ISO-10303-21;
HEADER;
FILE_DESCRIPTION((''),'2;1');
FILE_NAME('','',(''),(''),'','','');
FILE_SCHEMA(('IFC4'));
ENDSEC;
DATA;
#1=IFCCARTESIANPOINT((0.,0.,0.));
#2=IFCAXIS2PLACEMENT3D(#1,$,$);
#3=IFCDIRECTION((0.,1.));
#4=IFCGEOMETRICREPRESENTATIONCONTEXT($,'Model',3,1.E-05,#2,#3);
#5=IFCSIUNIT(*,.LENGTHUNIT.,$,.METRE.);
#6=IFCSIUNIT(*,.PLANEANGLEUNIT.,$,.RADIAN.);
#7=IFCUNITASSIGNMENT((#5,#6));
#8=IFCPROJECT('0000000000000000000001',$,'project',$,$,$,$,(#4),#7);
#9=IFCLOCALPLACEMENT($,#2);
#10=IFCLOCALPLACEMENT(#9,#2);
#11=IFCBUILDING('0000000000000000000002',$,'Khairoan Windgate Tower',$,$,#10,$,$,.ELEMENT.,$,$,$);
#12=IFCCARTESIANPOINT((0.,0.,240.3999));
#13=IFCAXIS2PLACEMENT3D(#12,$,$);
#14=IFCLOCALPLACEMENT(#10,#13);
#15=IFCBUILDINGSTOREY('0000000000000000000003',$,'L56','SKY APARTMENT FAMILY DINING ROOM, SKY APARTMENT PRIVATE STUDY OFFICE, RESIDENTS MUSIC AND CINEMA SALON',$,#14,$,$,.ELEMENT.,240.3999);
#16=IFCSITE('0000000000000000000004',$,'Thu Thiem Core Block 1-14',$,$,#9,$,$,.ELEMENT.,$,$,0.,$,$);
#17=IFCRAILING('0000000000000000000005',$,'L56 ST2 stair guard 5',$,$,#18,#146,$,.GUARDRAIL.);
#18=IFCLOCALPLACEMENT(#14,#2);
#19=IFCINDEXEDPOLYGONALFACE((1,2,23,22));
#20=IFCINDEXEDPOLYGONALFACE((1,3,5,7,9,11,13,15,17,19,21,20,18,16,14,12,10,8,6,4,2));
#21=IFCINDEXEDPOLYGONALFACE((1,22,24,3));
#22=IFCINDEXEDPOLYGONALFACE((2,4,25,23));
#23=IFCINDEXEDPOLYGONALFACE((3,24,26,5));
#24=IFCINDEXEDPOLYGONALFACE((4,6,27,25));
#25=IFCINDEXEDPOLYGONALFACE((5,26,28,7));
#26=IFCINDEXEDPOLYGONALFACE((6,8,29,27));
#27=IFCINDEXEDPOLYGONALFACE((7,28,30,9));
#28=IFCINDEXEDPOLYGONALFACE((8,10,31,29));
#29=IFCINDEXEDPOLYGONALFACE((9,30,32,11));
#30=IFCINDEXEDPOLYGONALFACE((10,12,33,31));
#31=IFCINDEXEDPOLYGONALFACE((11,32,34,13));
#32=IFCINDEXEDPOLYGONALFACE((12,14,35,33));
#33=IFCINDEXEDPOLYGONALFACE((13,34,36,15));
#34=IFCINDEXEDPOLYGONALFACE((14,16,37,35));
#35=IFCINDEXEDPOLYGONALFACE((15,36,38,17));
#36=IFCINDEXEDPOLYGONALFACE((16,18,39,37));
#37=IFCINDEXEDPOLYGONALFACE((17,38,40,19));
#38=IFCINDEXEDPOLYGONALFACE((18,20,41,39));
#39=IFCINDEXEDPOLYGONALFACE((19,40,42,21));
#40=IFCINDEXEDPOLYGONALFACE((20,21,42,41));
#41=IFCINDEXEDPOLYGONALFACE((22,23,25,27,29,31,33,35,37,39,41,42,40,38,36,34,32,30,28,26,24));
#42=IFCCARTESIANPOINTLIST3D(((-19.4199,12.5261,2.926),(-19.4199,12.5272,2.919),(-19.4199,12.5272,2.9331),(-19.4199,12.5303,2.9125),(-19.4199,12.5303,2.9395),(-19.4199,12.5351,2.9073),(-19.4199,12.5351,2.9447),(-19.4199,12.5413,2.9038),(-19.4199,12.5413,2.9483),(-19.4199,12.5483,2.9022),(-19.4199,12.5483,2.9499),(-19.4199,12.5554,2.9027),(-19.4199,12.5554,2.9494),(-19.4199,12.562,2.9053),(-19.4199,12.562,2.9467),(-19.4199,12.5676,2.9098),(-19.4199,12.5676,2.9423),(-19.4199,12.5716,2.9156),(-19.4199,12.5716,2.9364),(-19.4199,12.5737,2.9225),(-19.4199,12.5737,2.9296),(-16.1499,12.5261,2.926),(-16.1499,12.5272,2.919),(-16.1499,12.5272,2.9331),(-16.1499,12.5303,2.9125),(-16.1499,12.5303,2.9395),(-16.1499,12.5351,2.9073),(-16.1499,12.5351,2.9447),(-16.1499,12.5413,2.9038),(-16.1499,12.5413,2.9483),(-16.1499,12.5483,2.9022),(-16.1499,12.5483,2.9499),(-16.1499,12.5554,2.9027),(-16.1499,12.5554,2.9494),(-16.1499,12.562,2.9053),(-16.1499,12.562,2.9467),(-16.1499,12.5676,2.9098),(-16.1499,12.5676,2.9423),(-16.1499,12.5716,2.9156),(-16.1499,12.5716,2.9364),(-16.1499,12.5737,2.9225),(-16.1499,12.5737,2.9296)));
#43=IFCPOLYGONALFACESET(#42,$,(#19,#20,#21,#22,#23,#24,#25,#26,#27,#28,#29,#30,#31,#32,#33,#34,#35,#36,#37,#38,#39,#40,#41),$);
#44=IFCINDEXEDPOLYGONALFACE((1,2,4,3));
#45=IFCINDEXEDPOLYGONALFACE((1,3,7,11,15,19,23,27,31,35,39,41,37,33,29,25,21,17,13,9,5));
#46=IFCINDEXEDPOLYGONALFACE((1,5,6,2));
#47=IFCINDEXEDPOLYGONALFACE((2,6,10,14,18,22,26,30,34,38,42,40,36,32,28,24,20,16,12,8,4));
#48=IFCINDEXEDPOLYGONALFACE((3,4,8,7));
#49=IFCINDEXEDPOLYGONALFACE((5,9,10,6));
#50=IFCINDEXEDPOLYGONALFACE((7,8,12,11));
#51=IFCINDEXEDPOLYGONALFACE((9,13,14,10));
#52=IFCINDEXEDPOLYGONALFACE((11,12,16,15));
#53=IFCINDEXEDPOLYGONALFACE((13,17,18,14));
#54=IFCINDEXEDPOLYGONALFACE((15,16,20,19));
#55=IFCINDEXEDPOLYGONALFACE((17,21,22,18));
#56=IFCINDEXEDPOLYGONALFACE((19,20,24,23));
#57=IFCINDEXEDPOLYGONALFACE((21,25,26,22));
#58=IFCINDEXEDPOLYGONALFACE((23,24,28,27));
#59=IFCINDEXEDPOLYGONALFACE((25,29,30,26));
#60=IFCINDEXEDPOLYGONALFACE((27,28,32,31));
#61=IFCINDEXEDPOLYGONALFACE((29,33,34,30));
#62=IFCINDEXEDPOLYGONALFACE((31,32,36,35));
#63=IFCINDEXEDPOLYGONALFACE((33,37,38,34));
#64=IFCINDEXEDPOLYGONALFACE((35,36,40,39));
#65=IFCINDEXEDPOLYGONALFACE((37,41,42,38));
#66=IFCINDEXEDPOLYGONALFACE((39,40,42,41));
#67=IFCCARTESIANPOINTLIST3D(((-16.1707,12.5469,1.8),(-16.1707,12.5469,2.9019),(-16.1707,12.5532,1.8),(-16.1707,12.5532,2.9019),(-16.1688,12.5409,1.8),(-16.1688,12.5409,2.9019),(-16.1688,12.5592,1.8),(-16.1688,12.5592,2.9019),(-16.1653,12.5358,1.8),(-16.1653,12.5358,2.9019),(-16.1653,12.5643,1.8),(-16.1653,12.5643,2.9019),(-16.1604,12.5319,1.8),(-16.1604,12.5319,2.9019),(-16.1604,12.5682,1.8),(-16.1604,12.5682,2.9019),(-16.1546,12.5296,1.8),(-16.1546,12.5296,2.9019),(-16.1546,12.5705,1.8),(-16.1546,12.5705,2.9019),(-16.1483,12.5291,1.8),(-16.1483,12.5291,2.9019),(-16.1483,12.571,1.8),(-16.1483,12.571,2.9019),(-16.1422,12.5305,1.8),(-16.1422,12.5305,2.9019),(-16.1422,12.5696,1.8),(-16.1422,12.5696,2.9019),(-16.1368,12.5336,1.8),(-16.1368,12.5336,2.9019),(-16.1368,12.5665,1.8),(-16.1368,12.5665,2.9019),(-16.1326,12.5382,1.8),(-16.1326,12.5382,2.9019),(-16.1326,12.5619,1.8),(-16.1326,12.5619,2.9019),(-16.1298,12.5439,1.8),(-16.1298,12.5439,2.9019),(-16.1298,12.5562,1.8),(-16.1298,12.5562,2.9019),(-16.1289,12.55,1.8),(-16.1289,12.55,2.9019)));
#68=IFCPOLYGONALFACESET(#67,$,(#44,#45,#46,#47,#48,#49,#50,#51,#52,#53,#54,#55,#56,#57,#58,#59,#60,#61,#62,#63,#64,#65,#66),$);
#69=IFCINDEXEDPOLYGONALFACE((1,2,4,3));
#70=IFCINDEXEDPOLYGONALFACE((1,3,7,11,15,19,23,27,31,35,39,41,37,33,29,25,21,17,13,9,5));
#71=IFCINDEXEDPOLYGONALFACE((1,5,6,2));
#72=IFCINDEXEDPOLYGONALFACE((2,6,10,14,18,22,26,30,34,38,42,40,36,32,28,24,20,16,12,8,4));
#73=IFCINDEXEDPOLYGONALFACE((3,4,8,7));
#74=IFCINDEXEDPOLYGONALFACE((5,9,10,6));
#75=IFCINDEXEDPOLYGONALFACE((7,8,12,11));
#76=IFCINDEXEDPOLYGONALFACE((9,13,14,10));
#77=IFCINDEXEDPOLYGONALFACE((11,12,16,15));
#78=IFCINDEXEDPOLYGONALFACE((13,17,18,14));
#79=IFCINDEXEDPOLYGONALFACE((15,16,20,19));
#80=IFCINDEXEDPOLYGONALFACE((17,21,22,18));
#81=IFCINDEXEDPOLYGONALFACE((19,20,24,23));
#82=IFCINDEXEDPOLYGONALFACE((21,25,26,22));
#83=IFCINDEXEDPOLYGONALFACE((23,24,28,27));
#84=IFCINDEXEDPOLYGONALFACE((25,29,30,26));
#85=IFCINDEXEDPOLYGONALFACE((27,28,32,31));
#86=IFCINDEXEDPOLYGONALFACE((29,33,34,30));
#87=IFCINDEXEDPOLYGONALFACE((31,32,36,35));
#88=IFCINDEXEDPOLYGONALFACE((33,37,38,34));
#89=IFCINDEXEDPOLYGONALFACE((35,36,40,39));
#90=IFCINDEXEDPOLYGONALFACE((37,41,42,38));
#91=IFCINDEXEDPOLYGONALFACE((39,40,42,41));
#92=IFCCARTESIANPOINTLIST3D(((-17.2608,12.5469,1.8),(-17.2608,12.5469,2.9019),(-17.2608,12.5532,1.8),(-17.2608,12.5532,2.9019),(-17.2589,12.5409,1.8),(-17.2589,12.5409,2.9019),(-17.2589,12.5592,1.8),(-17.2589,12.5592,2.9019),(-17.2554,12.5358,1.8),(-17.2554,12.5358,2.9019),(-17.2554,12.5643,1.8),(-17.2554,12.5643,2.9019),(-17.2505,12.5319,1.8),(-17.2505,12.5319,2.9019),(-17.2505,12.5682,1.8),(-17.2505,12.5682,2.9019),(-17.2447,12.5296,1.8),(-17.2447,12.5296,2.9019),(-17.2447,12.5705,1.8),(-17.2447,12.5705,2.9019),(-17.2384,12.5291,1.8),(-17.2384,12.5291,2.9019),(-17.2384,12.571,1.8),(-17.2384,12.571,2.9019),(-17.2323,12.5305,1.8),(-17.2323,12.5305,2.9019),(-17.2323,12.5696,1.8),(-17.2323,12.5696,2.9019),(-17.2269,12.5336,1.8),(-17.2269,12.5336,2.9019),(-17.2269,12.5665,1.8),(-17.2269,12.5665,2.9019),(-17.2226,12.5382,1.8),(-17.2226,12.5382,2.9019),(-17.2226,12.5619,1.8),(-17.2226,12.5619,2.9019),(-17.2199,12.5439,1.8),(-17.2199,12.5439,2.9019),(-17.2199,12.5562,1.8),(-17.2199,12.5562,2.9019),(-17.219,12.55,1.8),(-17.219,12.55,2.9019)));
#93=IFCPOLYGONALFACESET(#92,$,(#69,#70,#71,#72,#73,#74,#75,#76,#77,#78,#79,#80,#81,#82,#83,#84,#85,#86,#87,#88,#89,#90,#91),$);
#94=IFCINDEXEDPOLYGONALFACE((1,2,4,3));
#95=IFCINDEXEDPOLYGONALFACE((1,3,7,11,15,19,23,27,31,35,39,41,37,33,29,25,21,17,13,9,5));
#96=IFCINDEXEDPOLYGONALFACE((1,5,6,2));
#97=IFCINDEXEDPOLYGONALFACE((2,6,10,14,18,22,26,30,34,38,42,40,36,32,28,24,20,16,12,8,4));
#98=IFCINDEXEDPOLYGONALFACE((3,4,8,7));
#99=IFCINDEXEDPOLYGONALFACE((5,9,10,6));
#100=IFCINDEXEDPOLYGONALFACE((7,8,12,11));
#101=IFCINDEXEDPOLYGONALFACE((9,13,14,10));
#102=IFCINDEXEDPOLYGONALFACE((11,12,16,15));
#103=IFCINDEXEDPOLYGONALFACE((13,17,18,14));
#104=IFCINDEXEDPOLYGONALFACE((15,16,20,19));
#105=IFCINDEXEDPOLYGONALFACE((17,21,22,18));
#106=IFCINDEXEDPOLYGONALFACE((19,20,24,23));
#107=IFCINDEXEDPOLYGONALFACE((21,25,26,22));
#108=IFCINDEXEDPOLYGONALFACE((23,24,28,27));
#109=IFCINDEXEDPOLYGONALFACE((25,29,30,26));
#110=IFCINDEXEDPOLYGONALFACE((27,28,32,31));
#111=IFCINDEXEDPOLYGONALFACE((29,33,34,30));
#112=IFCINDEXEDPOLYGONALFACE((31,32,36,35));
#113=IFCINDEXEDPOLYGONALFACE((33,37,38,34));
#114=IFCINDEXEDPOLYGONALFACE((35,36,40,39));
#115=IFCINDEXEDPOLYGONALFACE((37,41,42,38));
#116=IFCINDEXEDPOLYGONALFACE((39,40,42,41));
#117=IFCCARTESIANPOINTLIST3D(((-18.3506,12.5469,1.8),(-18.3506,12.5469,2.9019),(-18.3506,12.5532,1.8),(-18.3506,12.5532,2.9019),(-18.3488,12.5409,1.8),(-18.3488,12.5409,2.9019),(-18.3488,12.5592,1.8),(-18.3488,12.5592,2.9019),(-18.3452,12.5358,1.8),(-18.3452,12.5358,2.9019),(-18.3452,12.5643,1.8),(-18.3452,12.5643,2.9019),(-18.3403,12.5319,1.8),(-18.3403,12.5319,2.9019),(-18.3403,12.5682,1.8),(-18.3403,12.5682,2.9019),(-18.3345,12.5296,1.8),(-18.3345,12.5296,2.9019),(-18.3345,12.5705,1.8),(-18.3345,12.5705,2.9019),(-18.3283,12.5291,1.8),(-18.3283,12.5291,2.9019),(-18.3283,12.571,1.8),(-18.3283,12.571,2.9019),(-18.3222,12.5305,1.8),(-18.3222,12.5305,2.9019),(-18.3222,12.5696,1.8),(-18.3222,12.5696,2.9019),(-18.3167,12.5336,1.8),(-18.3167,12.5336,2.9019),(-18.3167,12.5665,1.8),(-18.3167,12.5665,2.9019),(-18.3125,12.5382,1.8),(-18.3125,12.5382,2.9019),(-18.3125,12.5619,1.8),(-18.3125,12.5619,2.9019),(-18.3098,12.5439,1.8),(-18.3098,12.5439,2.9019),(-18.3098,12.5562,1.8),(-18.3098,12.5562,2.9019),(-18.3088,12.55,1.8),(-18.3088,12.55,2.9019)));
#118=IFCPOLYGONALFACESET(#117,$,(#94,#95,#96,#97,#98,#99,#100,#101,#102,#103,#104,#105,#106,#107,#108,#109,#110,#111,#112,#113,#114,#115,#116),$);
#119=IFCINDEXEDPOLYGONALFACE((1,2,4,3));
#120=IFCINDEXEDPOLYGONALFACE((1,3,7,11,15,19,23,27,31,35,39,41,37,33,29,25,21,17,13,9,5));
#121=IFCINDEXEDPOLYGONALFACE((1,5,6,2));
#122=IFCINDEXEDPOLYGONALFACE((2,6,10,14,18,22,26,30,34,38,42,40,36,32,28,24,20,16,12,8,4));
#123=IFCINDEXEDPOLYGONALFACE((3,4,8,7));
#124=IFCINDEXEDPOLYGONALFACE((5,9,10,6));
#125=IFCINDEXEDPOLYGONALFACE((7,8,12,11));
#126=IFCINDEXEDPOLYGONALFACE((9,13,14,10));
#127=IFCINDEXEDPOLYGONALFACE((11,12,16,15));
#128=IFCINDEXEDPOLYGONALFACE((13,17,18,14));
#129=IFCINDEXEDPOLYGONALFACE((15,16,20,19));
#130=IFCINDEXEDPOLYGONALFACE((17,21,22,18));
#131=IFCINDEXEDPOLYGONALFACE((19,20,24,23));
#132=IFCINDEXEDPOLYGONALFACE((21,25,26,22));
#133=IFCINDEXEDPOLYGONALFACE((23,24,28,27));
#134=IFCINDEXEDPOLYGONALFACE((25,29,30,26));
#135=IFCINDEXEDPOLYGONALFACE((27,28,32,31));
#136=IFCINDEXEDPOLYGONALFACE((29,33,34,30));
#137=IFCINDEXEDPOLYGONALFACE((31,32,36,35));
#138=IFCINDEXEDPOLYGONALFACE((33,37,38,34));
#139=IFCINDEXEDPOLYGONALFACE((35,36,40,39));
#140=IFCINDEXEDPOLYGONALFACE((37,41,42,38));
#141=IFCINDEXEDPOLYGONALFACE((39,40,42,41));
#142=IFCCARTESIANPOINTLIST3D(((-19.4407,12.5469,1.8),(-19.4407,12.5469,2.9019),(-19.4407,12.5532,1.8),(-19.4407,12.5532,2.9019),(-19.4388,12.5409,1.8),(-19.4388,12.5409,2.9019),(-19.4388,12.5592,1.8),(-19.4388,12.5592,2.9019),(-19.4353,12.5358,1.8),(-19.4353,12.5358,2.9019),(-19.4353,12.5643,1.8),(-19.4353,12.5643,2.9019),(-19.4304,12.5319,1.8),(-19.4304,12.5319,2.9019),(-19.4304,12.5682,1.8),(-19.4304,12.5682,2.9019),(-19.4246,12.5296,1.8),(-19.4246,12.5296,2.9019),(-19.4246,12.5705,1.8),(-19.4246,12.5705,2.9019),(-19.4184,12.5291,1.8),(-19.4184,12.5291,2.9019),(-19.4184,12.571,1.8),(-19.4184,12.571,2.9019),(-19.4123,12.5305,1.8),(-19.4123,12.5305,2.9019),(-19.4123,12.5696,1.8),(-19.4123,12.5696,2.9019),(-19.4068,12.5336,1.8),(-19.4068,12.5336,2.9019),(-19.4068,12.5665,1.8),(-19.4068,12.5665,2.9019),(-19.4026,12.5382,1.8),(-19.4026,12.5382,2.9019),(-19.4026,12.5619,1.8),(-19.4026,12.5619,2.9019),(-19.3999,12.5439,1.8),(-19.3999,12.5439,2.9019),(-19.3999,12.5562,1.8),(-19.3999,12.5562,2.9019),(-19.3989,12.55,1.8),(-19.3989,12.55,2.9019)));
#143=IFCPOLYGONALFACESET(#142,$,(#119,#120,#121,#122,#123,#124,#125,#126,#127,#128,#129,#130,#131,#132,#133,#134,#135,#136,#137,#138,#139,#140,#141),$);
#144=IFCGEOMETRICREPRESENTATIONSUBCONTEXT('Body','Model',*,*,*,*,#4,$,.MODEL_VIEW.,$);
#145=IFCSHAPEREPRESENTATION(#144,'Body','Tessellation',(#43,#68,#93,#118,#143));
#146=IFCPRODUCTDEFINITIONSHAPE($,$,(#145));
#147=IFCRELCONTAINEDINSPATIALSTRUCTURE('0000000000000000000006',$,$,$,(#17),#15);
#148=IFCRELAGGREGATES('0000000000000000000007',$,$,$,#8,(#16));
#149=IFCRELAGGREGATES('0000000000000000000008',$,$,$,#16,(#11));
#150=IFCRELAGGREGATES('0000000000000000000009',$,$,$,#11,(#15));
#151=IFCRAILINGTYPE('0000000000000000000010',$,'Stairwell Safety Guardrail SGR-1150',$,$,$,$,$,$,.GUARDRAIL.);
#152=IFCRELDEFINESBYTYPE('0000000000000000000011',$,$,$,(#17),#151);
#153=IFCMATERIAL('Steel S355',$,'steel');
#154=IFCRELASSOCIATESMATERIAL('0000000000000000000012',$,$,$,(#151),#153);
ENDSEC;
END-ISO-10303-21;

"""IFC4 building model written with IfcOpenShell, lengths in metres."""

from ifc_helpers import new_model, si_unit, direction, frame, origin, origin_2d, place, context, subcontext, project, spatial, circle, extrude, material, type_object, element, save


model = new_model("IFC4")

# Units and contexts
model_context = context("Model", 3, precision=1e-05, world=origin(), true_north=direction((0.0, 1.0)))
body_context = subcontext(model_context, "Body", "Model", "MODEL_VIEW")
ifc_project = project(units=[si_unit("LENGTHUNIT", "METRE"), si_unit("PLANEANGLEUNIT", "RADIAN")], contexts=[model_context])

# Site, building, storey
site_placement = place(None, origin())
site = spatial("IfcSite", under=ifc_project, at=site_placement, Name="Thu Thiem Core Block 1-14", CompositionType="ELEMENT", RefElevation=0.0)
building_placement = place(site_placement, origin())
building = spatial("IfcBuilding", under=site, at=building_placement, Name="Khairoan Windgate Tower", CompositionType="ELEMENT")
storey_placement = place(building_placement, frame((0.0, 0.0, 240.3999)))
storey = spatial("IfcBuildingStorey", under=building, at=storey_placement, Name="L56", Description="SKY APARTMENT FAMILY DINING ROOM, SKY APARTMENT PRIVATE STUDY OFFICE, RESIDENTS MUSIC AND CINEMA SALON", CompositionType="ELEMENT", Elevation=240.3999)

# Railing
ifc_material_1 = material(Name="Steel S355", Category="steel")
railing_type = type_object("IfcRailingType", Name="Stairwell Safety Guardrail SGR-1150", PredefinedType="GUARDRAIL", material=ifc_material_1)
railing_1_placement = place(storey_placement, frame((-16.1499, 12.55, 1.8)))
element("IfcRailing", 1, at=railing_1_placement, inside=storey, type_object=railing_type, Name="L56 ST2 stair guard 5", PredefinedType="GUARDRAIL", context=body_context, shape_type="SweptSolid", body=[
    extrude(circle(Radius=0.0239, at=origin_2d()), frame((0.0, 0.0, 1.126), z_axis=(-1.0, 0.0, 0.0), x_axis=(0.0, -1.0, 0.0)), (0.0, 0.0, 1.0), 3.27),
    extrude(circle(Radius=0.021, at=origin_2d()), origin(), (0.0, 0.0, 1.0), 1.1018),
    extrude(circle(Radius=0.021, at=origin_2d()), frame((-1.0901, 0.0, 0.0)), (0.0, 0.0, 1.0), 1.1018),
    extrude(circle(Radius=0.021, at=origin_2d()), frame((-2.1799, 0.0, 0.0)), (0.0, 0.0, 1.0), 1.1018),
    extrude(circle(Radius=0.021, at=origin_2d()), frame((-3.27, 0.0, 0.0)), (0.0, 0.0, 1.0), 1.1018),
])

save(model, "model.ifc")
